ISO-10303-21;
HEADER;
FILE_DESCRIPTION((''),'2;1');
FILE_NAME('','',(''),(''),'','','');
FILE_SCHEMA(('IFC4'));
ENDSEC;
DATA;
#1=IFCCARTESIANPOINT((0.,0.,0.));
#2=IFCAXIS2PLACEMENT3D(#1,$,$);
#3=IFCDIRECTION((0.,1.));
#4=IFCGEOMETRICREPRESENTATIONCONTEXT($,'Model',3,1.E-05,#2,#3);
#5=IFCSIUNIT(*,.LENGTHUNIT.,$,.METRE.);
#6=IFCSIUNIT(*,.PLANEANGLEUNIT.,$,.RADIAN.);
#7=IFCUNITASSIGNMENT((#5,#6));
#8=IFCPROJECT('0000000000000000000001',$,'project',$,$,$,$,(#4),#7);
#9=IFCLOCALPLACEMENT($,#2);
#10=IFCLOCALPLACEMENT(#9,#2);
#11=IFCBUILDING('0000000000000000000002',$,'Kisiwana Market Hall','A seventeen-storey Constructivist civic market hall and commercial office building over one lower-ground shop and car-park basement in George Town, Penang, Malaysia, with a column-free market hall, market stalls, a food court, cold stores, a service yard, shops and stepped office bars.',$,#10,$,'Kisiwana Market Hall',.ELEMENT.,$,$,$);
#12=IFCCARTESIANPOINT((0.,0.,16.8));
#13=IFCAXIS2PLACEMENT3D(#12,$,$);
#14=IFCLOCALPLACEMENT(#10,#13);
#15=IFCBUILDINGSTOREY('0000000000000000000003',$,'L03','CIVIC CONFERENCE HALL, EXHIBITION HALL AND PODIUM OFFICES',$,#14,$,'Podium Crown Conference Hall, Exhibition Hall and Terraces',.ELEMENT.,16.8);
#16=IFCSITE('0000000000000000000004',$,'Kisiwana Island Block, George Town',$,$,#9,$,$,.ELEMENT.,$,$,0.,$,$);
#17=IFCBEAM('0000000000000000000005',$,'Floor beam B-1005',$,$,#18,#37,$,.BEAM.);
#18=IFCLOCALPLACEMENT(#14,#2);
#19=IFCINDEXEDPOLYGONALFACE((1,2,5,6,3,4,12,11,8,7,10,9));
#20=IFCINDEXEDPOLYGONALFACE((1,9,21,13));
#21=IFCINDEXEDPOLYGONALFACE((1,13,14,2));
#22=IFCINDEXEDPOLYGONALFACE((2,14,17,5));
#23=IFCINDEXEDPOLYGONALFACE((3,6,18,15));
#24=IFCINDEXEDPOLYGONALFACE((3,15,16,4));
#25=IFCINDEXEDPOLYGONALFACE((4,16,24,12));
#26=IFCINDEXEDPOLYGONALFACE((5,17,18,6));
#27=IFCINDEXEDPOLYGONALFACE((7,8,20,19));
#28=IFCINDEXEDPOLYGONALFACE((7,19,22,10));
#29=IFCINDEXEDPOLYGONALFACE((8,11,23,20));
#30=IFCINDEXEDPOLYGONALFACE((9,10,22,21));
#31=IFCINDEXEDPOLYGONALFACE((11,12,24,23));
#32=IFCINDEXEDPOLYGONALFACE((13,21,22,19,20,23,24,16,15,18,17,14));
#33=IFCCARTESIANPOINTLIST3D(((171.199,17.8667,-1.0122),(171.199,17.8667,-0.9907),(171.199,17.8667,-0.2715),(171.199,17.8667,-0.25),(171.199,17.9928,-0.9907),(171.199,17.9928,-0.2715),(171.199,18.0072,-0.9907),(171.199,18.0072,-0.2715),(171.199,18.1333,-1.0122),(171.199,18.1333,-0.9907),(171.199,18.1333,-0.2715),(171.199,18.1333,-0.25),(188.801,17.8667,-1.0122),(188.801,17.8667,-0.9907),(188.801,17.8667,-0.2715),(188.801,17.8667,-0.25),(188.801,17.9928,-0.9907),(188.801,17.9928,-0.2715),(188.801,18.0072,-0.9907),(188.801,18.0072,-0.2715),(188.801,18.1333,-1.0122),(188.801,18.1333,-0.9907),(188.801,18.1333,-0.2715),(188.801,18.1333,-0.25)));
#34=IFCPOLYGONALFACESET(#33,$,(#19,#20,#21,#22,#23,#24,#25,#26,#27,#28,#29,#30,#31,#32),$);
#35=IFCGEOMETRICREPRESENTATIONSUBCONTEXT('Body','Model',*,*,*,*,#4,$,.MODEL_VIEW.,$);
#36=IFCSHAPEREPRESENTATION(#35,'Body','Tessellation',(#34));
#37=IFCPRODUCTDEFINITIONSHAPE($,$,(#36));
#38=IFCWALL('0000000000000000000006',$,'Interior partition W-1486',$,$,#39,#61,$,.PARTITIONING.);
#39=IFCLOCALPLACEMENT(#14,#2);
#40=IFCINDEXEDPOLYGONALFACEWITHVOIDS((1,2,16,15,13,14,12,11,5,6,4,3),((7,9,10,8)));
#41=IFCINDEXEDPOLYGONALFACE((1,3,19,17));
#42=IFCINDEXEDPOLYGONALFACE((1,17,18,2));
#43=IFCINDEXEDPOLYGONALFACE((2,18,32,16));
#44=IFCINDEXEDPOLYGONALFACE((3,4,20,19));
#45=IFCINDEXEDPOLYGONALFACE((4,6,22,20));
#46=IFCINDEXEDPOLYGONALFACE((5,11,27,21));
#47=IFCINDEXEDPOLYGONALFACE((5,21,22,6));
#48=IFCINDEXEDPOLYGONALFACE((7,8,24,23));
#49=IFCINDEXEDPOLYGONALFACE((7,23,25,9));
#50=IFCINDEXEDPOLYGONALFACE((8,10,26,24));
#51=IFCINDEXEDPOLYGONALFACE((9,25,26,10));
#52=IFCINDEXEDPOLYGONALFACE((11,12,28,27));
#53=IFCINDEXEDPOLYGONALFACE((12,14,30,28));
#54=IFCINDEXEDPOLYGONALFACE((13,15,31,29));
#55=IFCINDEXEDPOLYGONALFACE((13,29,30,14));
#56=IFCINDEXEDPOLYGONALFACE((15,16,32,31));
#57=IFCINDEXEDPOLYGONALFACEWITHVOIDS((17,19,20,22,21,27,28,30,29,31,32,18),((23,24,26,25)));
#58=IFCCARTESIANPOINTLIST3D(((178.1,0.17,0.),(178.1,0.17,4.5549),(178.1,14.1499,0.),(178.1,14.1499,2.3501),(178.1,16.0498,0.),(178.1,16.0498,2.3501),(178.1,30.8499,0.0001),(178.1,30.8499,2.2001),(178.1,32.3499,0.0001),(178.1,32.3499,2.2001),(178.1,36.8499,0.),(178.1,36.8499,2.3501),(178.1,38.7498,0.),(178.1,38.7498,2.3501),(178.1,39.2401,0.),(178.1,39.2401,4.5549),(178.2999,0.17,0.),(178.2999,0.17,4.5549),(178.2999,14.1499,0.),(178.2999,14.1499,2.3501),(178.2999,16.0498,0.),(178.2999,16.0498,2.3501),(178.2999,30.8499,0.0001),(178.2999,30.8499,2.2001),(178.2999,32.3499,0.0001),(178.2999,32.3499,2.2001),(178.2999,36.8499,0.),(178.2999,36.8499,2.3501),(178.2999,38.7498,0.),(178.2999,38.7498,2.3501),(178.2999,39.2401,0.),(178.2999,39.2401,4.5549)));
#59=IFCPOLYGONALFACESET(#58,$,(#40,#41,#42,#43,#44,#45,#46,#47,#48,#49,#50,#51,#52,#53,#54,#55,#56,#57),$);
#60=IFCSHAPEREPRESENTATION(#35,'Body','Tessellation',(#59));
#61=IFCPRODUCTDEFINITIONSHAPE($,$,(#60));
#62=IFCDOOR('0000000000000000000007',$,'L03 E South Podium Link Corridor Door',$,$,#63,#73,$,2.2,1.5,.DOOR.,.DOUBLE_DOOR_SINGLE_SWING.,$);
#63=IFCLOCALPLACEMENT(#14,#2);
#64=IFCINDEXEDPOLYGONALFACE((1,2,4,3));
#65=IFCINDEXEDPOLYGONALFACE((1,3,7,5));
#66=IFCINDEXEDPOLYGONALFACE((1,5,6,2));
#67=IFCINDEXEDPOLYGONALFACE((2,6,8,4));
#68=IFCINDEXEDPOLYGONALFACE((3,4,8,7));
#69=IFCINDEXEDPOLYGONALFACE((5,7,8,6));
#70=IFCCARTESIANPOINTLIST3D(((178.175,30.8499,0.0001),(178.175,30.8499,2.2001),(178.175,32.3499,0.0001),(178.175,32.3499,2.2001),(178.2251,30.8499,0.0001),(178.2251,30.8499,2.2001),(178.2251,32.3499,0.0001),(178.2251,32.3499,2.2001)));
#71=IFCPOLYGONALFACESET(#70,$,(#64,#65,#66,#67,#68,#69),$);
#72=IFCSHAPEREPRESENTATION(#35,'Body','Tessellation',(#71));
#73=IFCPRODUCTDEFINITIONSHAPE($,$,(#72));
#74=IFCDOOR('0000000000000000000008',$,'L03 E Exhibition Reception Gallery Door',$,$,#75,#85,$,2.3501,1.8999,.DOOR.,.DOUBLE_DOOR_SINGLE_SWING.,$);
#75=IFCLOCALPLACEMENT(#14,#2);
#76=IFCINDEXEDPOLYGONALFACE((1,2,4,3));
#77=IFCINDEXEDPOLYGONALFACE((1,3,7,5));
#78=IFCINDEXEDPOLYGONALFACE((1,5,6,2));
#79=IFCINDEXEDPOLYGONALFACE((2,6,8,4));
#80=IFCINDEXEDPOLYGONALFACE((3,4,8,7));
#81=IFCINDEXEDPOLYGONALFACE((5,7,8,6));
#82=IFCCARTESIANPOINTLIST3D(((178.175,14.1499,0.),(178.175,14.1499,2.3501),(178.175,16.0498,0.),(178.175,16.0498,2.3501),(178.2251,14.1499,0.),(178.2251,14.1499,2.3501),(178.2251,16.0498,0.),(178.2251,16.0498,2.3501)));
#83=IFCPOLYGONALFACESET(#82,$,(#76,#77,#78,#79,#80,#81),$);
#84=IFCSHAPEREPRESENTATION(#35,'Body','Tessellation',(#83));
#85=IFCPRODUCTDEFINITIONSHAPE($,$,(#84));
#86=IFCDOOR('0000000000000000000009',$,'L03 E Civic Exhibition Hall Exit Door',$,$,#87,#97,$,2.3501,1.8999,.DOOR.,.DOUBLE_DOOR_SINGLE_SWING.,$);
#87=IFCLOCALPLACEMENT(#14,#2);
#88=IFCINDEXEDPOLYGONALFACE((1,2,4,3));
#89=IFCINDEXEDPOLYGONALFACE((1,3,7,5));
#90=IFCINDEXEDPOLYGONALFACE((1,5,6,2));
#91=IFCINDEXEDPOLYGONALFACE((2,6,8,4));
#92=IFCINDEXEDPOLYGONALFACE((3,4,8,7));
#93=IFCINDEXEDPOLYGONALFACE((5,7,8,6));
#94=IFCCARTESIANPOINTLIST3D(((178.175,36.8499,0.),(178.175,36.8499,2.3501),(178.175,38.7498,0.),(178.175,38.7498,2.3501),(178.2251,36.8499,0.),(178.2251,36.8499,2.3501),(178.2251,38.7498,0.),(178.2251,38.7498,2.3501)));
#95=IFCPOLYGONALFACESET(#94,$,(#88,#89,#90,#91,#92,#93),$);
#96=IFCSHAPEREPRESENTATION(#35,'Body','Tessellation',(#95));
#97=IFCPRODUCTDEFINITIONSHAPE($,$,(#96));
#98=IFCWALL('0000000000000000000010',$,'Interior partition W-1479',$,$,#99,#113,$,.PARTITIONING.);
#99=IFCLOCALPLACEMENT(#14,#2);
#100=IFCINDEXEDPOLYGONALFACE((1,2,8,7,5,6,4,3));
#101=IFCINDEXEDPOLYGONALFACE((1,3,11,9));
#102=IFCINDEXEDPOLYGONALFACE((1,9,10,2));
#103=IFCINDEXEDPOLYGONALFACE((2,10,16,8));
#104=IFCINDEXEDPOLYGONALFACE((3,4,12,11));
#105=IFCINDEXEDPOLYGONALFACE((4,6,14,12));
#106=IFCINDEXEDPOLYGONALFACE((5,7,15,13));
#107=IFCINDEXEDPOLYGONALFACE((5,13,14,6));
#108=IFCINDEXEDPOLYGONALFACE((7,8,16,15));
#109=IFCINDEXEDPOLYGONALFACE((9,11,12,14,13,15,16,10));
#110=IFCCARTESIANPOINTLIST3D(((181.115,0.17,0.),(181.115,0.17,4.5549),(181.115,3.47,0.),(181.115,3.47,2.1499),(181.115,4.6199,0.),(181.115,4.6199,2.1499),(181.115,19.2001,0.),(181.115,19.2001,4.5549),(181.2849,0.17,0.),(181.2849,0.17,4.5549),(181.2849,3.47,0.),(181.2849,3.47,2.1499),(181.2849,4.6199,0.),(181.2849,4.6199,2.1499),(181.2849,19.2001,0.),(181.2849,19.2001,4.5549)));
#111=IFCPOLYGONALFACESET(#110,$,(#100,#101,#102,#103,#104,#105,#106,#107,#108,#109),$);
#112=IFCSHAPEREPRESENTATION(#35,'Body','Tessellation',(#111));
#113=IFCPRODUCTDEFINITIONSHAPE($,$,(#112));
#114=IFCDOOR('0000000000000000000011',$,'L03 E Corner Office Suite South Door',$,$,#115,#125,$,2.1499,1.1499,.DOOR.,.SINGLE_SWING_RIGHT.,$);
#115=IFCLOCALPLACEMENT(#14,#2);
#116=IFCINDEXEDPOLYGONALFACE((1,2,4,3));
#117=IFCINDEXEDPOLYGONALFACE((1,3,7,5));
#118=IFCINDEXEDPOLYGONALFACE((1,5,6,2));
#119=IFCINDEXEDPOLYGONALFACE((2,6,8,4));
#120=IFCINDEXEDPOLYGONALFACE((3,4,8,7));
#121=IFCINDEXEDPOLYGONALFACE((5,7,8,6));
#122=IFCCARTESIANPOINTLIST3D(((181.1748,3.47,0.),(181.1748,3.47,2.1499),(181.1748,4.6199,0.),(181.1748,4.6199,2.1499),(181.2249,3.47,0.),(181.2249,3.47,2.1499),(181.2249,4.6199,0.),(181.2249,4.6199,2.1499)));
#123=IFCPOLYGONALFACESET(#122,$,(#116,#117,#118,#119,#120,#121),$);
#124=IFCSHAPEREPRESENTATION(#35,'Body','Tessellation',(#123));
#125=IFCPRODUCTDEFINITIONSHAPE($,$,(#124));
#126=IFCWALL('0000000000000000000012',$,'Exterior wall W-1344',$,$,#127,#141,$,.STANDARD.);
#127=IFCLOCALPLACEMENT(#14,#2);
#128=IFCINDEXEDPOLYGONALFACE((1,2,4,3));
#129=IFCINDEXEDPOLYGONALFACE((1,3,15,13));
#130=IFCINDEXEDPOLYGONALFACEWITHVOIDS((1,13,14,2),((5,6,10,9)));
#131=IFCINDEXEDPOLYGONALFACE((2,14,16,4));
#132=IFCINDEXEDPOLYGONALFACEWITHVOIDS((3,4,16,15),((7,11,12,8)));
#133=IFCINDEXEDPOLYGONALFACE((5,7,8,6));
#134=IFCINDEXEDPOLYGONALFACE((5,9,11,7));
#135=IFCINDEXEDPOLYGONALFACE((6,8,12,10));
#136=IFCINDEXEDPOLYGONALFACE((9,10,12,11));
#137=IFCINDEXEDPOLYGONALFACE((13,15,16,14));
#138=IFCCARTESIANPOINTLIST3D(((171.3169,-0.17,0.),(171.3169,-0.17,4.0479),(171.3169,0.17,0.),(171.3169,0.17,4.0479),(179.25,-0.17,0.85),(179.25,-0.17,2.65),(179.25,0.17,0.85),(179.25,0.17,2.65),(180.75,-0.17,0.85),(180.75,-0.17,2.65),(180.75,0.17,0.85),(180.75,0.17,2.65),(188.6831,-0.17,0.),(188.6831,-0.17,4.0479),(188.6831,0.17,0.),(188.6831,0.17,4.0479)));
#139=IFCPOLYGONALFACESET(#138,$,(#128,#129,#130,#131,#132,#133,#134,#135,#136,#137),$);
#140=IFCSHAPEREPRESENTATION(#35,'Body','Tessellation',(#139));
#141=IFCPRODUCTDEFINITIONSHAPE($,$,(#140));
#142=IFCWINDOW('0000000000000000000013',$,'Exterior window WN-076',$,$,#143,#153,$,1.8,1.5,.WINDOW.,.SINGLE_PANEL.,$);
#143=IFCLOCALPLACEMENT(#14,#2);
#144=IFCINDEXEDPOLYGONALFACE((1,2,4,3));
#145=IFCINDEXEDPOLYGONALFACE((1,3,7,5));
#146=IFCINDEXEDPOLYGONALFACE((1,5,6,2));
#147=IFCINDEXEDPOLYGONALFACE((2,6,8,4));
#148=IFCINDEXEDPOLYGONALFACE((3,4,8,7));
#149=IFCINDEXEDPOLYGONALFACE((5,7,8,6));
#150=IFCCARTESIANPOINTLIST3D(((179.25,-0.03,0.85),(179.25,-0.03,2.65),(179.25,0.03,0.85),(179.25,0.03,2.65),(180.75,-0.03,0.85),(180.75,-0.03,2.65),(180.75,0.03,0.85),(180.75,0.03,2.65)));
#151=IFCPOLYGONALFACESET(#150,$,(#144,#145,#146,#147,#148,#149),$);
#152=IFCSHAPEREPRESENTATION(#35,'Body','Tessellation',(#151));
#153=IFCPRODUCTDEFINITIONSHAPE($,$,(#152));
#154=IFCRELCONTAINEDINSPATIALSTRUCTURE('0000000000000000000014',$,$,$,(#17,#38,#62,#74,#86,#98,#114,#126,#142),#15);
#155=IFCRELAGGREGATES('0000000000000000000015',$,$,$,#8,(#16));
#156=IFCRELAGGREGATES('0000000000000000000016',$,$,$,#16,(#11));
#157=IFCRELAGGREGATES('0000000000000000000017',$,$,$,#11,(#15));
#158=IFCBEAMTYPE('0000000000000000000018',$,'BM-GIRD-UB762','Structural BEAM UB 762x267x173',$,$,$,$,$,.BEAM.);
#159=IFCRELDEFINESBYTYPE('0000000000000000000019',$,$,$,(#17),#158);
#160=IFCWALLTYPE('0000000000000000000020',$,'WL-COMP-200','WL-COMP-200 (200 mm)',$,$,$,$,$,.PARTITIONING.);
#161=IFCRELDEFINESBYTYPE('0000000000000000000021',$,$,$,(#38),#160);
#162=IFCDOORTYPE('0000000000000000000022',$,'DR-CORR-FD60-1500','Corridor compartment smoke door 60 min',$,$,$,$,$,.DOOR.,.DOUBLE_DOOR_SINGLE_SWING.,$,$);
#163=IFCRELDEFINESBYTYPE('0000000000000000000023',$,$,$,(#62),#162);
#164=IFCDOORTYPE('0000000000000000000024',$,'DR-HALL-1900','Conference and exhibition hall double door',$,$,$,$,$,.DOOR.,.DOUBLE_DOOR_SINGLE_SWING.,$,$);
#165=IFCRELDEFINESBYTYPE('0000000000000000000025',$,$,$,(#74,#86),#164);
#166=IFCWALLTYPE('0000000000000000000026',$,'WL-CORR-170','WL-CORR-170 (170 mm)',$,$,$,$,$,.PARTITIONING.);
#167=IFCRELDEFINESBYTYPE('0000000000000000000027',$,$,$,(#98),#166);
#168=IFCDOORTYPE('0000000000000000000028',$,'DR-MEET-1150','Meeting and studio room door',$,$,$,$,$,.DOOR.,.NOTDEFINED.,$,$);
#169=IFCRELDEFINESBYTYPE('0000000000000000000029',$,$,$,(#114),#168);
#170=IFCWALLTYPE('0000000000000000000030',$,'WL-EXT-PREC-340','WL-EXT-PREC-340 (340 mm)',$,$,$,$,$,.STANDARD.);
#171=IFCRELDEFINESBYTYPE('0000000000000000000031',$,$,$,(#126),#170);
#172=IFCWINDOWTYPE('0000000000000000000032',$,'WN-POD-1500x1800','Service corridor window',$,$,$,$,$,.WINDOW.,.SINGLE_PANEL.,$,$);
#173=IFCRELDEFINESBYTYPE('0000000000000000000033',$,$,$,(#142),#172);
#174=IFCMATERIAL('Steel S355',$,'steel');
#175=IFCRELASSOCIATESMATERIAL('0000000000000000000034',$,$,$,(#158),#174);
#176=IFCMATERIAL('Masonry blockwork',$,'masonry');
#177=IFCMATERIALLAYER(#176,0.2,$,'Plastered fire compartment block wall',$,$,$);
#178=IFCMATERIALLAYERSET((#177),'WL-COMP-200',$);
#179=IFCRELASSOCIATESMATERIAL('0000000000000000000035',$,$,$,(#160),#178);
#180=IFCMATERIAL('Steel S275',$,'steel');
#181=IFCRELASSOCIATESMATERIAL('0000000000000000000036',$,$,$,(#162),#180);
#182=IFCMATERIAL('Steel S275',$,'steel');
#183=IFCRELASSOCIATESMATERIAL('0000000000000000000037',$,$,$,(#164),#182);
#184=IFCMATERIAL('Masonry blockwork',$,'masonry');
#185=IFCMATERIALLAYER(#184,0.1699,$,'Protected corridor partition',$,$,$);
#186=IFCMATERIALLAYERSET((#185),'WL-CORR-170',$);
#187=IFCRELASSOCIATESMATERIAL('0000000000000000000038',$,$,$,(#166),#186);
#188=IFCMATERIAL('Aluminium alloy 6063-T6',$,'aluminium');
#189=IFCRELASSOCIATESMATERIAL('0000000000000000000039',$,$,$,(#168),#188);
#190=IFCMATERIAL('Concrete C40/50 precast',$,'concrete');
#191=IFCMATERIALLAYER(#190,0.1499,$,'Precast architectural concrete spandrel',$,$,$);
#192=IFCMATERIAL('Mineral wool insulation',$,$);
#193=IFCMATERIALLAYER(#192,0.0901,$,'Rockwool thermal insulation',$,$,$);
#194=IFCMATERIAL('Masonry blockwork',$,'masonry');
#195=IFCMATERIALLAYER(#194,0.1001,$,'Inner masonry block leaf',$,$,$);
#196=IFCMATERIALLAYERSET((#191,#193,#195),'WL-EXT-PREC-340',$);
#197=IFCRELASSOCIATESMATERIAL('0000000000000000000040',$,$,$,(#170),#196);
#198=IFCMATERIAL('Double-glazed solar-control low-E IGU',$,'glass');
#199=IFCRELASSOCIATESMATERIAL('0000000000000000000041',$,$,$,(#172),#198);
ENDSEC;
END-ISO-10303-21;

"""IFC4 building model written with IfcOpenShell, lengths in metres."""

from ifc_helpers import new_model, si_unit, direction, frame, frame_2d, origin, origin_2d, place, context, subcontext, project, spatial, rectangle, i_section, extrude, material, layer, layer_set, material_profile, profile_set, type_object, element, fill, save


model = new_model("IFC4")

# Units and contexts
model_context = context("Model", 3, precision=1e-05, world=origin(), true_north=direction((0.0, 1.0)))
body_context = subcontext(model_context, "Body", "Model", "MODEL_VIEW")
ifc_project = project(units=[si_unit("LENGTHUNIT", "METRE"), si_unit("PLANEANGLEUNIT", "RADIAN")], contexts=[model_context])

# Site, building, storey
site_placement = place(None, origin())
site = spatial("IfcSite", under=ifc_project, at=site_placement, Name="Kisiwana Island Block, George Town", CompositionType="ELEMENT", RefElevation=0.0)
building_placement = place(site_placement, origin())
building = spatial("IfcBuilding", under=site, at=building_placement, Name="Kisiwana Market Hall", Description="A seventeen-storey Constructivist civic market hall and commercial office building over one lower-ground shop and car-park basement in George Town, Penang, Malaysia, with a column-free market hall, market stalls, a food court, cold stores, a service yard, shops and stepped office bars.", LongName="Kisiwana Market Hall", CompositionType="ELEMENT")
storey_placement = place(building_placement, frame((0.0, 0.0, 16.8)))
storey = spatial("IfcBuildingStorey", under=building, at=storey_placement, Name="L03", Description="CIVIC CONFERENCE HALL, EXHIBITION HALL AND PODIUM OFFICES", LongName="Podium Crown Conference Hall, Exhibition Hall and Terraces", CompositionType="ELEMENT", Elevation=16.8)

# Beam
ifc_material_1 = material(Name="Steel S355", Category="steel")
ifc_material_profile_1 = material_profile(ifc_material_1, i_section(OverallWidth=0.2666, OverallDepth=0.7622, WebThickness=0.0144, FlangeThickness=0.0215, at=origin_2d()), Name="UB 762x267x173")
ifc_profile_set_1 = profile_set([ifc_material_profile_1], Name="Steel S355")
beam_type_1 = type_object("IfcBeamType", Name="BM-GIRD-UB762", Description="Structural BEAM UB 762x267x173", PredefinedType="BEAM", material=ifc_profile_set_1)
beam_1_placement = place(storey_placement, frame((171.199, 18.0, -0.6311), z_axis=(1.0, 0.0, 0.0), x_axis=(0.0, 1.0, 0.0)))
element("IfcBeam", 1, at=beam_1_placement, inside=storey, type_object=beam_type_1, Name="Floor beam B-1005", PredefinedType="BEAM", context=body_context, shape_type="SweptSolid", body=[
    extrude(i_section(OverallWidth=0.2666, OverallDepth=0.7622, WebThickness=0.0144, FlangeThickness=0.0215, at=origin_2d()), origin(), (0.0, 0.0, 1.0), 17.6021),
])

# Wall, openings, doors
ifc_material_2 = material(Name="Masonry blockwork", Category="masonry")
ifc_layer_1 = layer(ifc_material_2, 0.2, Name="Plastered fire compartment block wall")
ifc_layer_set_1 = layer_set([ifc_layer_1], Name="WL-COMP-200")
wall_type_1 = type_object("IfcWallType", Name="WL-COMP-200", Description="WL-COMP-200 (200 mm)", PredefinedType="PARTITIONING", material=ifc_layer_set_1)
wall_1_placement = place(storey_placement, frame((178.2, 0.1699, 0.0), z_axis=(0.0, 0.0, 1.0), x_axis=(0.0, 1.0, 0.0)))
wall_1 = element("IfcWall", 2, at=wall_1_placement, inside=storey, type_object=wall_type_1, Name="Interior partition W-1486", PredefinedType="PARTITIONING", context=body_context, shape_type="SweptSolid", body=[
    extrude(rectangle(XDim=39.0701, YDim=0.2, at=frame_2d((19.5352, 0.0))), origin(), (0.0, 0.0, 1.0), 4.5549),
])
opening_1_placement = place(wall_1_placement, frame((13.98, 0.0, 0.0)))
opening_1 = element("IfcOpeningElement", 3, at=opening_1_placement, cuts=wall_1, PredefinedType="OPENING", context=body_context, shape_type="SweptSolid", body=[
    extrude(rectangle(XDim=1.8999, YDim=2.3501, at=frame_2d((0.95, 1.175))), frame((0.0, 0.1118, 0.0), z_axis=(0.0, -1.0, 0.0), x_axis=(1.0, 0.0, 0.0)), (0.0, 0.0, 1.0), 0.2239),
])
opening_2_placement = place(wall_1_placement, frame((30.6799, 0.0, 0.0)))
opening_2 = element("IfcOpeningElement", 4, at=opening_2_placement, cuts=wall_1, PredefinedType="OPENING", context=body_context, shape_type="SweptSolid", body=[
    extrude(rectangle(XDim=1.5, YDim=2.2, at=frame_2d((0.75, 1.1001))), frame((0.0, 0.1118, 0.0), z_axis=(0.0, -1.0, 0.0), x_axis=(1.0, 0.0, 0.0)), (0.0, 0.0, 1.0), 0.2239),
])
opening_3_placement = place(wall_1_placement, frame((36.6799, 0.0, 0.0)))
opening_3 = element("IfcOpeningElement", 5, at=opening_3_placement, cuts=wall_1, PredefinedType="OPENING", context=body_context, shape_type="SweptSolid", body=[
    extrude(rectangle(XDim=1.8999, YDim=2.3501, at=frame_2d((0.95, 1.175))), frame((0.0, 0.1118, 0.0), z_axis=(0.0, -1.0, 0.0), x_axis=(1.0, 0.0, 0.0)), (0.0, 0.0, 1.0), 0.2239),
])
ifc_material_3 = material(Name="Steel S275", Category="steel")
door_type_1 = type_object("IfcDoorType", Name="DR-CORR-FD60-1500", Description="Corridor compartment smoke door 60 min", OperationType="DOUBLE_DOOR_SINGLE_SWING", PredefinedType="DOOR", material=ifc_material_3)
door_1_placement = place(opening_2_placement, origin())
door_1 = element("IfcDoor", 6, at=door_1_placement, inside=storey, type_object=door_type_1, Name="L03 E South Podium Link Corridor Door", OperationType="DOUBLE_DOOR_SINGLE_SWING", OverallHeight=2.2, OverallWidth=1.5, PredefinedType="DOOR", context=body_context, shape_type="SweptSolid", body=[
    extrude(rectangle(XDim=1.5, YDim=2.2, at=frame_2d((0.75, 1.1001))), frame((0.0, 0.0249, 0.0), z_axis=(0.0, -1.0, 0.0), x_axis=(1.0, 0.0, 0.0)), (0.0, 0.0, 1.0), 0.05),
])
fill(opening_2, door_1)
ifc_material_4 = material(Name="Steel S275", Category="steel")
door_type_2 = type_object("IfcDoorType", Name="DR-HALL-1900", Description="Conference and exhibition hall double door", OperationType="DOUBLE_DOOR_SINGLE_SWING", PredefinedType="DOOR", material=ifc_material_4)
door_2_placement = place(opening_1_placement, origin())
door_2 = element("IfcDoor", 7, at=door_2_placement, inside=storey, type_object=door_type_2, Name="L03 E Exhibition Reception Gallery Door", OperationType="DOUBLE_DOOR_SINGLE_SWING", OverallHeight=2.3501, OverallWidth=1.8999, PredefinedType="DOOR", context=body_context, shape_type="SweptSolid", body=[
    extrude(rectangle(XDim=1.8999, YDim=2.3501, at=frame_2d((0.95, 1.175))), frame((0.0, 0.0249, 0.0), z_axis=(0.0, -1.0, 0.0), x_axis=(1.0, 0.0, 0.0)), (0.0, 0.0, 1.0), 0.05),
])
fill(opening_1, door_2)
door_3_placement = place(opening_3_placement, origin())
door_3 = element("IfcDoor", 8, at=door_3_placement, inside=storey, type_object=door_type_2, Name="L03 E Civic Exhibition Hall Exit Door", OperationType="DOUBLE_DOOR_SINGLE_SWING", OverallHeight=2.3501, OverallWidth=1.8999, PredefinedType="DOOR", context=body_context, shape_type="SweptSolid", body=[
    extrude(rectangle(XDim=1.8999, YDim=2.3501, at=frame_2d((0.95, 1.175))), frame((0.0, 0.0249, 0.0), z_axis=(0.0, -1.0, 0.0), x_axis=(1.0, 0.0, 0.0)), (0.0, 0.0, 1.0), 0.05),
])
fill(opening_3, door_3)

# Wall, opening, door
ifc_material_5 = material(Name="Masonry blockwork", Category="masonry")
ifc_layer_2 = layer(ifc_material_5, 0.1699, Name="Protected corridor partition")
ifc_layer_set_2 = layer_set([ifc_layer_2], Name="WL-CORR-170")
wall_type_2 = type_object("IfcWallType", Name="WL-CORR-170", Description="WL-CORR-170 (170 mm)", PredefinedType="PARTITIONING", material=ifc_layer_set_2)
wall_2_placement = place(storey_placement, frame((181.2, 0.1699, 0.0), z_axis=(0.0, 0.0, 1.0), x_axis=(0.0, 1.0, 0.0)))
wall_2 = element("IfcWall", 9, at=wall_2_placement, inside=storey, type_object=wall_type_2, Name="Interior partition W-1479", PredefinedType="PARTITIONING", context=body_context, shape_type="SweptSolid", body=[
    extrude(rectangle(XDim=19.03, YDim=0.1699, at=frame_2d((9.5151, 0.0))), origin(), (0.0, 0.0, 1.0), 4.5549),
])
opening_4_placement = place(wall_2_placement, frame((3.3, 0.0, 0.0)))
opening_4 = element("IfcOpeningElement", 10, at=opening_4_placement, cuts=wall_2, PredefinedType="OPENING", context=body_context, shape_type="SweptSolid", body=[
    extrude(rectangle(XDim=1.1499, YDim=2.1499, at=frame_2d((0.575, 1.075))), frame((0.0, 0.0969, 0.0), z_axis=(0.0, -1.0, 0.0), x_axis=(1.0, 0.0, 0.0)), (0.0, 0.0, 1.0), 0.1938),
])
ifc_material_6 = material(Name="Aluminium alloy 6063-T6", Category="aluminium")
door_type_3 = type_object("IfcDoorType", Name="DR-MEET-1150", Description="Meeting and studio room door", OperationType="NOTDEFINED", PredefinedType="DOOR", material=ifc_material_6)
door_4_placement = place(opening_4_placement, frame((1.1499, 0.0, 0.0), z_axis=(0.0, 0.0, 1.0), x_axis=(-1.0, 0.0, 0.0)))
door_4 = element("IfcDoor", 11, at=door_4_placement, inside=storey, type_object=door_type_3, Name="L03 E Corner Office Suite South Door", OperationType="SINGLE_SWING_RIGHT", OverallHeight=2.1499, OverallWidth=1.1499, PredefinedType="DOOR", context=body_context, shape_type="SweptSolid", body=[
    extrude(rectangle(XDim=1.1499, YDim=2.1499, at=frame_2d((0.575, 1.075))), frame((0.0, 0.0249, 0.0), z_axis=(0.0, -1.0, 0.0), x_axis=(1.0, 0.0, 0.0)), (0.0, 0.0, 1.0), 0.05),
])
fill(opening_4, door_4)

# Wall, opening, window
ifc_material_7 = material(Name="Concrete C40/50 precast", Category="concrete")
ifc_layer_3 = layer(ifc_material_7, 0.1499, Name="Precast architectural concrete spandrel")
ifc_material_8 = material(Name="Mineral wool insulation")
ifc_layer_4 = layer(ifc_material_8, 0.0901, Name="Rockwool thermal insulation")
ifc_material_9 = material(Name="Masonry blockwork", Category="masonry")
ifc_layer_5 = layer(ifc_material_9, 0.1001, Name="Inner masonry block leaf")
ifc_layer_set_3 = layer_set([ifc_layer_3, ifc_layer_4, ifc_layer_5], Name="WL-EXT-PREC-340")
wall_type_3 = type_object("IfcWallType", Name="WL-EXT-PREC-340", Description="WL-EXT-PREC-340 (340 mm)", PredefinedType="STANDARD", material=ifc_layer_set_3)
wall_3_placement = place(storey_placement, frame((171.3169, 0.0, 0.0), z_axis=(0.0, 0.0, 1.0), x_axis=(1.0, 0.0, 0.0)))
wall_3 = element("IfcWall", 12, at=wall_3_placement, inside=storey, type_object=wall_type_3, Name="Exterior wall W-1344", PredefinedType="STANDARD", context=body_context, shape_type="SweptSolid", body=[
    extrude(rectangle(XDim=17.3662, YDim=0.3401, at=frame_2d((8.6831, 0.0))), origin(), (0.0, 0.0, 1.0), 4.0479),
])
opening_5_placement = place(wall_3_placement, frame((7.9331, 0.0, 0.8501)))
opening_5 = element("IfcOpeningElement", 13, at=opening_5_placement, cuts=wall_3, PredefinedType="OPENING", context=body_context, shape_type="SweptSolid", body=[
    extrude(rectangle(XDim=1.5, YDim=1.8, at=frame_2d((0.75, 0.8999))), frame((0.0, 0.1821, 0.0), z_axis=(0.0, -1.0, 0.0), x_axis=(1.0, 0.0, 0.0)), (0.0, 0.0, 1.0), 0.364),
])
ifc_material_10 = material(Name="Double-glazed solar-control low-E IGU", Category="glass")
window_type = type_object("IfcWindowType", Name="WN-POD-1500x1800", Description="Service corridor window", PartitioningType="SINGLE_PANEL", PredefinedType="WINDOW", material=ifc_material_10)
window_placement = place(opening_5_placement, origin())
window = element("IfcWindow", 14, at=window_placement, inside=storey, type_object=window_type, Name="Exterior window WN-076", OverallHeight=1.8, OverallWidth=1.5, PartitioningType="SINGLE_PANEL", PredefinedType="WINDOW", context=body_context, shape_type="SweptSolid", body=[
    extrude(rectangle(XDim=1.5, YDim=1.8, at=frame_2d((0.75, 0.8999))), frame((0.0, 0.03, 0.0), z_axis=(0.0, -1.0, 0.0), x_axis=(1.0, 0.0, 0.0)), (0.0, 0.0, 1.0), 0.0601),
])
fill(opening_5, window)

save(model, "model.ifc")
